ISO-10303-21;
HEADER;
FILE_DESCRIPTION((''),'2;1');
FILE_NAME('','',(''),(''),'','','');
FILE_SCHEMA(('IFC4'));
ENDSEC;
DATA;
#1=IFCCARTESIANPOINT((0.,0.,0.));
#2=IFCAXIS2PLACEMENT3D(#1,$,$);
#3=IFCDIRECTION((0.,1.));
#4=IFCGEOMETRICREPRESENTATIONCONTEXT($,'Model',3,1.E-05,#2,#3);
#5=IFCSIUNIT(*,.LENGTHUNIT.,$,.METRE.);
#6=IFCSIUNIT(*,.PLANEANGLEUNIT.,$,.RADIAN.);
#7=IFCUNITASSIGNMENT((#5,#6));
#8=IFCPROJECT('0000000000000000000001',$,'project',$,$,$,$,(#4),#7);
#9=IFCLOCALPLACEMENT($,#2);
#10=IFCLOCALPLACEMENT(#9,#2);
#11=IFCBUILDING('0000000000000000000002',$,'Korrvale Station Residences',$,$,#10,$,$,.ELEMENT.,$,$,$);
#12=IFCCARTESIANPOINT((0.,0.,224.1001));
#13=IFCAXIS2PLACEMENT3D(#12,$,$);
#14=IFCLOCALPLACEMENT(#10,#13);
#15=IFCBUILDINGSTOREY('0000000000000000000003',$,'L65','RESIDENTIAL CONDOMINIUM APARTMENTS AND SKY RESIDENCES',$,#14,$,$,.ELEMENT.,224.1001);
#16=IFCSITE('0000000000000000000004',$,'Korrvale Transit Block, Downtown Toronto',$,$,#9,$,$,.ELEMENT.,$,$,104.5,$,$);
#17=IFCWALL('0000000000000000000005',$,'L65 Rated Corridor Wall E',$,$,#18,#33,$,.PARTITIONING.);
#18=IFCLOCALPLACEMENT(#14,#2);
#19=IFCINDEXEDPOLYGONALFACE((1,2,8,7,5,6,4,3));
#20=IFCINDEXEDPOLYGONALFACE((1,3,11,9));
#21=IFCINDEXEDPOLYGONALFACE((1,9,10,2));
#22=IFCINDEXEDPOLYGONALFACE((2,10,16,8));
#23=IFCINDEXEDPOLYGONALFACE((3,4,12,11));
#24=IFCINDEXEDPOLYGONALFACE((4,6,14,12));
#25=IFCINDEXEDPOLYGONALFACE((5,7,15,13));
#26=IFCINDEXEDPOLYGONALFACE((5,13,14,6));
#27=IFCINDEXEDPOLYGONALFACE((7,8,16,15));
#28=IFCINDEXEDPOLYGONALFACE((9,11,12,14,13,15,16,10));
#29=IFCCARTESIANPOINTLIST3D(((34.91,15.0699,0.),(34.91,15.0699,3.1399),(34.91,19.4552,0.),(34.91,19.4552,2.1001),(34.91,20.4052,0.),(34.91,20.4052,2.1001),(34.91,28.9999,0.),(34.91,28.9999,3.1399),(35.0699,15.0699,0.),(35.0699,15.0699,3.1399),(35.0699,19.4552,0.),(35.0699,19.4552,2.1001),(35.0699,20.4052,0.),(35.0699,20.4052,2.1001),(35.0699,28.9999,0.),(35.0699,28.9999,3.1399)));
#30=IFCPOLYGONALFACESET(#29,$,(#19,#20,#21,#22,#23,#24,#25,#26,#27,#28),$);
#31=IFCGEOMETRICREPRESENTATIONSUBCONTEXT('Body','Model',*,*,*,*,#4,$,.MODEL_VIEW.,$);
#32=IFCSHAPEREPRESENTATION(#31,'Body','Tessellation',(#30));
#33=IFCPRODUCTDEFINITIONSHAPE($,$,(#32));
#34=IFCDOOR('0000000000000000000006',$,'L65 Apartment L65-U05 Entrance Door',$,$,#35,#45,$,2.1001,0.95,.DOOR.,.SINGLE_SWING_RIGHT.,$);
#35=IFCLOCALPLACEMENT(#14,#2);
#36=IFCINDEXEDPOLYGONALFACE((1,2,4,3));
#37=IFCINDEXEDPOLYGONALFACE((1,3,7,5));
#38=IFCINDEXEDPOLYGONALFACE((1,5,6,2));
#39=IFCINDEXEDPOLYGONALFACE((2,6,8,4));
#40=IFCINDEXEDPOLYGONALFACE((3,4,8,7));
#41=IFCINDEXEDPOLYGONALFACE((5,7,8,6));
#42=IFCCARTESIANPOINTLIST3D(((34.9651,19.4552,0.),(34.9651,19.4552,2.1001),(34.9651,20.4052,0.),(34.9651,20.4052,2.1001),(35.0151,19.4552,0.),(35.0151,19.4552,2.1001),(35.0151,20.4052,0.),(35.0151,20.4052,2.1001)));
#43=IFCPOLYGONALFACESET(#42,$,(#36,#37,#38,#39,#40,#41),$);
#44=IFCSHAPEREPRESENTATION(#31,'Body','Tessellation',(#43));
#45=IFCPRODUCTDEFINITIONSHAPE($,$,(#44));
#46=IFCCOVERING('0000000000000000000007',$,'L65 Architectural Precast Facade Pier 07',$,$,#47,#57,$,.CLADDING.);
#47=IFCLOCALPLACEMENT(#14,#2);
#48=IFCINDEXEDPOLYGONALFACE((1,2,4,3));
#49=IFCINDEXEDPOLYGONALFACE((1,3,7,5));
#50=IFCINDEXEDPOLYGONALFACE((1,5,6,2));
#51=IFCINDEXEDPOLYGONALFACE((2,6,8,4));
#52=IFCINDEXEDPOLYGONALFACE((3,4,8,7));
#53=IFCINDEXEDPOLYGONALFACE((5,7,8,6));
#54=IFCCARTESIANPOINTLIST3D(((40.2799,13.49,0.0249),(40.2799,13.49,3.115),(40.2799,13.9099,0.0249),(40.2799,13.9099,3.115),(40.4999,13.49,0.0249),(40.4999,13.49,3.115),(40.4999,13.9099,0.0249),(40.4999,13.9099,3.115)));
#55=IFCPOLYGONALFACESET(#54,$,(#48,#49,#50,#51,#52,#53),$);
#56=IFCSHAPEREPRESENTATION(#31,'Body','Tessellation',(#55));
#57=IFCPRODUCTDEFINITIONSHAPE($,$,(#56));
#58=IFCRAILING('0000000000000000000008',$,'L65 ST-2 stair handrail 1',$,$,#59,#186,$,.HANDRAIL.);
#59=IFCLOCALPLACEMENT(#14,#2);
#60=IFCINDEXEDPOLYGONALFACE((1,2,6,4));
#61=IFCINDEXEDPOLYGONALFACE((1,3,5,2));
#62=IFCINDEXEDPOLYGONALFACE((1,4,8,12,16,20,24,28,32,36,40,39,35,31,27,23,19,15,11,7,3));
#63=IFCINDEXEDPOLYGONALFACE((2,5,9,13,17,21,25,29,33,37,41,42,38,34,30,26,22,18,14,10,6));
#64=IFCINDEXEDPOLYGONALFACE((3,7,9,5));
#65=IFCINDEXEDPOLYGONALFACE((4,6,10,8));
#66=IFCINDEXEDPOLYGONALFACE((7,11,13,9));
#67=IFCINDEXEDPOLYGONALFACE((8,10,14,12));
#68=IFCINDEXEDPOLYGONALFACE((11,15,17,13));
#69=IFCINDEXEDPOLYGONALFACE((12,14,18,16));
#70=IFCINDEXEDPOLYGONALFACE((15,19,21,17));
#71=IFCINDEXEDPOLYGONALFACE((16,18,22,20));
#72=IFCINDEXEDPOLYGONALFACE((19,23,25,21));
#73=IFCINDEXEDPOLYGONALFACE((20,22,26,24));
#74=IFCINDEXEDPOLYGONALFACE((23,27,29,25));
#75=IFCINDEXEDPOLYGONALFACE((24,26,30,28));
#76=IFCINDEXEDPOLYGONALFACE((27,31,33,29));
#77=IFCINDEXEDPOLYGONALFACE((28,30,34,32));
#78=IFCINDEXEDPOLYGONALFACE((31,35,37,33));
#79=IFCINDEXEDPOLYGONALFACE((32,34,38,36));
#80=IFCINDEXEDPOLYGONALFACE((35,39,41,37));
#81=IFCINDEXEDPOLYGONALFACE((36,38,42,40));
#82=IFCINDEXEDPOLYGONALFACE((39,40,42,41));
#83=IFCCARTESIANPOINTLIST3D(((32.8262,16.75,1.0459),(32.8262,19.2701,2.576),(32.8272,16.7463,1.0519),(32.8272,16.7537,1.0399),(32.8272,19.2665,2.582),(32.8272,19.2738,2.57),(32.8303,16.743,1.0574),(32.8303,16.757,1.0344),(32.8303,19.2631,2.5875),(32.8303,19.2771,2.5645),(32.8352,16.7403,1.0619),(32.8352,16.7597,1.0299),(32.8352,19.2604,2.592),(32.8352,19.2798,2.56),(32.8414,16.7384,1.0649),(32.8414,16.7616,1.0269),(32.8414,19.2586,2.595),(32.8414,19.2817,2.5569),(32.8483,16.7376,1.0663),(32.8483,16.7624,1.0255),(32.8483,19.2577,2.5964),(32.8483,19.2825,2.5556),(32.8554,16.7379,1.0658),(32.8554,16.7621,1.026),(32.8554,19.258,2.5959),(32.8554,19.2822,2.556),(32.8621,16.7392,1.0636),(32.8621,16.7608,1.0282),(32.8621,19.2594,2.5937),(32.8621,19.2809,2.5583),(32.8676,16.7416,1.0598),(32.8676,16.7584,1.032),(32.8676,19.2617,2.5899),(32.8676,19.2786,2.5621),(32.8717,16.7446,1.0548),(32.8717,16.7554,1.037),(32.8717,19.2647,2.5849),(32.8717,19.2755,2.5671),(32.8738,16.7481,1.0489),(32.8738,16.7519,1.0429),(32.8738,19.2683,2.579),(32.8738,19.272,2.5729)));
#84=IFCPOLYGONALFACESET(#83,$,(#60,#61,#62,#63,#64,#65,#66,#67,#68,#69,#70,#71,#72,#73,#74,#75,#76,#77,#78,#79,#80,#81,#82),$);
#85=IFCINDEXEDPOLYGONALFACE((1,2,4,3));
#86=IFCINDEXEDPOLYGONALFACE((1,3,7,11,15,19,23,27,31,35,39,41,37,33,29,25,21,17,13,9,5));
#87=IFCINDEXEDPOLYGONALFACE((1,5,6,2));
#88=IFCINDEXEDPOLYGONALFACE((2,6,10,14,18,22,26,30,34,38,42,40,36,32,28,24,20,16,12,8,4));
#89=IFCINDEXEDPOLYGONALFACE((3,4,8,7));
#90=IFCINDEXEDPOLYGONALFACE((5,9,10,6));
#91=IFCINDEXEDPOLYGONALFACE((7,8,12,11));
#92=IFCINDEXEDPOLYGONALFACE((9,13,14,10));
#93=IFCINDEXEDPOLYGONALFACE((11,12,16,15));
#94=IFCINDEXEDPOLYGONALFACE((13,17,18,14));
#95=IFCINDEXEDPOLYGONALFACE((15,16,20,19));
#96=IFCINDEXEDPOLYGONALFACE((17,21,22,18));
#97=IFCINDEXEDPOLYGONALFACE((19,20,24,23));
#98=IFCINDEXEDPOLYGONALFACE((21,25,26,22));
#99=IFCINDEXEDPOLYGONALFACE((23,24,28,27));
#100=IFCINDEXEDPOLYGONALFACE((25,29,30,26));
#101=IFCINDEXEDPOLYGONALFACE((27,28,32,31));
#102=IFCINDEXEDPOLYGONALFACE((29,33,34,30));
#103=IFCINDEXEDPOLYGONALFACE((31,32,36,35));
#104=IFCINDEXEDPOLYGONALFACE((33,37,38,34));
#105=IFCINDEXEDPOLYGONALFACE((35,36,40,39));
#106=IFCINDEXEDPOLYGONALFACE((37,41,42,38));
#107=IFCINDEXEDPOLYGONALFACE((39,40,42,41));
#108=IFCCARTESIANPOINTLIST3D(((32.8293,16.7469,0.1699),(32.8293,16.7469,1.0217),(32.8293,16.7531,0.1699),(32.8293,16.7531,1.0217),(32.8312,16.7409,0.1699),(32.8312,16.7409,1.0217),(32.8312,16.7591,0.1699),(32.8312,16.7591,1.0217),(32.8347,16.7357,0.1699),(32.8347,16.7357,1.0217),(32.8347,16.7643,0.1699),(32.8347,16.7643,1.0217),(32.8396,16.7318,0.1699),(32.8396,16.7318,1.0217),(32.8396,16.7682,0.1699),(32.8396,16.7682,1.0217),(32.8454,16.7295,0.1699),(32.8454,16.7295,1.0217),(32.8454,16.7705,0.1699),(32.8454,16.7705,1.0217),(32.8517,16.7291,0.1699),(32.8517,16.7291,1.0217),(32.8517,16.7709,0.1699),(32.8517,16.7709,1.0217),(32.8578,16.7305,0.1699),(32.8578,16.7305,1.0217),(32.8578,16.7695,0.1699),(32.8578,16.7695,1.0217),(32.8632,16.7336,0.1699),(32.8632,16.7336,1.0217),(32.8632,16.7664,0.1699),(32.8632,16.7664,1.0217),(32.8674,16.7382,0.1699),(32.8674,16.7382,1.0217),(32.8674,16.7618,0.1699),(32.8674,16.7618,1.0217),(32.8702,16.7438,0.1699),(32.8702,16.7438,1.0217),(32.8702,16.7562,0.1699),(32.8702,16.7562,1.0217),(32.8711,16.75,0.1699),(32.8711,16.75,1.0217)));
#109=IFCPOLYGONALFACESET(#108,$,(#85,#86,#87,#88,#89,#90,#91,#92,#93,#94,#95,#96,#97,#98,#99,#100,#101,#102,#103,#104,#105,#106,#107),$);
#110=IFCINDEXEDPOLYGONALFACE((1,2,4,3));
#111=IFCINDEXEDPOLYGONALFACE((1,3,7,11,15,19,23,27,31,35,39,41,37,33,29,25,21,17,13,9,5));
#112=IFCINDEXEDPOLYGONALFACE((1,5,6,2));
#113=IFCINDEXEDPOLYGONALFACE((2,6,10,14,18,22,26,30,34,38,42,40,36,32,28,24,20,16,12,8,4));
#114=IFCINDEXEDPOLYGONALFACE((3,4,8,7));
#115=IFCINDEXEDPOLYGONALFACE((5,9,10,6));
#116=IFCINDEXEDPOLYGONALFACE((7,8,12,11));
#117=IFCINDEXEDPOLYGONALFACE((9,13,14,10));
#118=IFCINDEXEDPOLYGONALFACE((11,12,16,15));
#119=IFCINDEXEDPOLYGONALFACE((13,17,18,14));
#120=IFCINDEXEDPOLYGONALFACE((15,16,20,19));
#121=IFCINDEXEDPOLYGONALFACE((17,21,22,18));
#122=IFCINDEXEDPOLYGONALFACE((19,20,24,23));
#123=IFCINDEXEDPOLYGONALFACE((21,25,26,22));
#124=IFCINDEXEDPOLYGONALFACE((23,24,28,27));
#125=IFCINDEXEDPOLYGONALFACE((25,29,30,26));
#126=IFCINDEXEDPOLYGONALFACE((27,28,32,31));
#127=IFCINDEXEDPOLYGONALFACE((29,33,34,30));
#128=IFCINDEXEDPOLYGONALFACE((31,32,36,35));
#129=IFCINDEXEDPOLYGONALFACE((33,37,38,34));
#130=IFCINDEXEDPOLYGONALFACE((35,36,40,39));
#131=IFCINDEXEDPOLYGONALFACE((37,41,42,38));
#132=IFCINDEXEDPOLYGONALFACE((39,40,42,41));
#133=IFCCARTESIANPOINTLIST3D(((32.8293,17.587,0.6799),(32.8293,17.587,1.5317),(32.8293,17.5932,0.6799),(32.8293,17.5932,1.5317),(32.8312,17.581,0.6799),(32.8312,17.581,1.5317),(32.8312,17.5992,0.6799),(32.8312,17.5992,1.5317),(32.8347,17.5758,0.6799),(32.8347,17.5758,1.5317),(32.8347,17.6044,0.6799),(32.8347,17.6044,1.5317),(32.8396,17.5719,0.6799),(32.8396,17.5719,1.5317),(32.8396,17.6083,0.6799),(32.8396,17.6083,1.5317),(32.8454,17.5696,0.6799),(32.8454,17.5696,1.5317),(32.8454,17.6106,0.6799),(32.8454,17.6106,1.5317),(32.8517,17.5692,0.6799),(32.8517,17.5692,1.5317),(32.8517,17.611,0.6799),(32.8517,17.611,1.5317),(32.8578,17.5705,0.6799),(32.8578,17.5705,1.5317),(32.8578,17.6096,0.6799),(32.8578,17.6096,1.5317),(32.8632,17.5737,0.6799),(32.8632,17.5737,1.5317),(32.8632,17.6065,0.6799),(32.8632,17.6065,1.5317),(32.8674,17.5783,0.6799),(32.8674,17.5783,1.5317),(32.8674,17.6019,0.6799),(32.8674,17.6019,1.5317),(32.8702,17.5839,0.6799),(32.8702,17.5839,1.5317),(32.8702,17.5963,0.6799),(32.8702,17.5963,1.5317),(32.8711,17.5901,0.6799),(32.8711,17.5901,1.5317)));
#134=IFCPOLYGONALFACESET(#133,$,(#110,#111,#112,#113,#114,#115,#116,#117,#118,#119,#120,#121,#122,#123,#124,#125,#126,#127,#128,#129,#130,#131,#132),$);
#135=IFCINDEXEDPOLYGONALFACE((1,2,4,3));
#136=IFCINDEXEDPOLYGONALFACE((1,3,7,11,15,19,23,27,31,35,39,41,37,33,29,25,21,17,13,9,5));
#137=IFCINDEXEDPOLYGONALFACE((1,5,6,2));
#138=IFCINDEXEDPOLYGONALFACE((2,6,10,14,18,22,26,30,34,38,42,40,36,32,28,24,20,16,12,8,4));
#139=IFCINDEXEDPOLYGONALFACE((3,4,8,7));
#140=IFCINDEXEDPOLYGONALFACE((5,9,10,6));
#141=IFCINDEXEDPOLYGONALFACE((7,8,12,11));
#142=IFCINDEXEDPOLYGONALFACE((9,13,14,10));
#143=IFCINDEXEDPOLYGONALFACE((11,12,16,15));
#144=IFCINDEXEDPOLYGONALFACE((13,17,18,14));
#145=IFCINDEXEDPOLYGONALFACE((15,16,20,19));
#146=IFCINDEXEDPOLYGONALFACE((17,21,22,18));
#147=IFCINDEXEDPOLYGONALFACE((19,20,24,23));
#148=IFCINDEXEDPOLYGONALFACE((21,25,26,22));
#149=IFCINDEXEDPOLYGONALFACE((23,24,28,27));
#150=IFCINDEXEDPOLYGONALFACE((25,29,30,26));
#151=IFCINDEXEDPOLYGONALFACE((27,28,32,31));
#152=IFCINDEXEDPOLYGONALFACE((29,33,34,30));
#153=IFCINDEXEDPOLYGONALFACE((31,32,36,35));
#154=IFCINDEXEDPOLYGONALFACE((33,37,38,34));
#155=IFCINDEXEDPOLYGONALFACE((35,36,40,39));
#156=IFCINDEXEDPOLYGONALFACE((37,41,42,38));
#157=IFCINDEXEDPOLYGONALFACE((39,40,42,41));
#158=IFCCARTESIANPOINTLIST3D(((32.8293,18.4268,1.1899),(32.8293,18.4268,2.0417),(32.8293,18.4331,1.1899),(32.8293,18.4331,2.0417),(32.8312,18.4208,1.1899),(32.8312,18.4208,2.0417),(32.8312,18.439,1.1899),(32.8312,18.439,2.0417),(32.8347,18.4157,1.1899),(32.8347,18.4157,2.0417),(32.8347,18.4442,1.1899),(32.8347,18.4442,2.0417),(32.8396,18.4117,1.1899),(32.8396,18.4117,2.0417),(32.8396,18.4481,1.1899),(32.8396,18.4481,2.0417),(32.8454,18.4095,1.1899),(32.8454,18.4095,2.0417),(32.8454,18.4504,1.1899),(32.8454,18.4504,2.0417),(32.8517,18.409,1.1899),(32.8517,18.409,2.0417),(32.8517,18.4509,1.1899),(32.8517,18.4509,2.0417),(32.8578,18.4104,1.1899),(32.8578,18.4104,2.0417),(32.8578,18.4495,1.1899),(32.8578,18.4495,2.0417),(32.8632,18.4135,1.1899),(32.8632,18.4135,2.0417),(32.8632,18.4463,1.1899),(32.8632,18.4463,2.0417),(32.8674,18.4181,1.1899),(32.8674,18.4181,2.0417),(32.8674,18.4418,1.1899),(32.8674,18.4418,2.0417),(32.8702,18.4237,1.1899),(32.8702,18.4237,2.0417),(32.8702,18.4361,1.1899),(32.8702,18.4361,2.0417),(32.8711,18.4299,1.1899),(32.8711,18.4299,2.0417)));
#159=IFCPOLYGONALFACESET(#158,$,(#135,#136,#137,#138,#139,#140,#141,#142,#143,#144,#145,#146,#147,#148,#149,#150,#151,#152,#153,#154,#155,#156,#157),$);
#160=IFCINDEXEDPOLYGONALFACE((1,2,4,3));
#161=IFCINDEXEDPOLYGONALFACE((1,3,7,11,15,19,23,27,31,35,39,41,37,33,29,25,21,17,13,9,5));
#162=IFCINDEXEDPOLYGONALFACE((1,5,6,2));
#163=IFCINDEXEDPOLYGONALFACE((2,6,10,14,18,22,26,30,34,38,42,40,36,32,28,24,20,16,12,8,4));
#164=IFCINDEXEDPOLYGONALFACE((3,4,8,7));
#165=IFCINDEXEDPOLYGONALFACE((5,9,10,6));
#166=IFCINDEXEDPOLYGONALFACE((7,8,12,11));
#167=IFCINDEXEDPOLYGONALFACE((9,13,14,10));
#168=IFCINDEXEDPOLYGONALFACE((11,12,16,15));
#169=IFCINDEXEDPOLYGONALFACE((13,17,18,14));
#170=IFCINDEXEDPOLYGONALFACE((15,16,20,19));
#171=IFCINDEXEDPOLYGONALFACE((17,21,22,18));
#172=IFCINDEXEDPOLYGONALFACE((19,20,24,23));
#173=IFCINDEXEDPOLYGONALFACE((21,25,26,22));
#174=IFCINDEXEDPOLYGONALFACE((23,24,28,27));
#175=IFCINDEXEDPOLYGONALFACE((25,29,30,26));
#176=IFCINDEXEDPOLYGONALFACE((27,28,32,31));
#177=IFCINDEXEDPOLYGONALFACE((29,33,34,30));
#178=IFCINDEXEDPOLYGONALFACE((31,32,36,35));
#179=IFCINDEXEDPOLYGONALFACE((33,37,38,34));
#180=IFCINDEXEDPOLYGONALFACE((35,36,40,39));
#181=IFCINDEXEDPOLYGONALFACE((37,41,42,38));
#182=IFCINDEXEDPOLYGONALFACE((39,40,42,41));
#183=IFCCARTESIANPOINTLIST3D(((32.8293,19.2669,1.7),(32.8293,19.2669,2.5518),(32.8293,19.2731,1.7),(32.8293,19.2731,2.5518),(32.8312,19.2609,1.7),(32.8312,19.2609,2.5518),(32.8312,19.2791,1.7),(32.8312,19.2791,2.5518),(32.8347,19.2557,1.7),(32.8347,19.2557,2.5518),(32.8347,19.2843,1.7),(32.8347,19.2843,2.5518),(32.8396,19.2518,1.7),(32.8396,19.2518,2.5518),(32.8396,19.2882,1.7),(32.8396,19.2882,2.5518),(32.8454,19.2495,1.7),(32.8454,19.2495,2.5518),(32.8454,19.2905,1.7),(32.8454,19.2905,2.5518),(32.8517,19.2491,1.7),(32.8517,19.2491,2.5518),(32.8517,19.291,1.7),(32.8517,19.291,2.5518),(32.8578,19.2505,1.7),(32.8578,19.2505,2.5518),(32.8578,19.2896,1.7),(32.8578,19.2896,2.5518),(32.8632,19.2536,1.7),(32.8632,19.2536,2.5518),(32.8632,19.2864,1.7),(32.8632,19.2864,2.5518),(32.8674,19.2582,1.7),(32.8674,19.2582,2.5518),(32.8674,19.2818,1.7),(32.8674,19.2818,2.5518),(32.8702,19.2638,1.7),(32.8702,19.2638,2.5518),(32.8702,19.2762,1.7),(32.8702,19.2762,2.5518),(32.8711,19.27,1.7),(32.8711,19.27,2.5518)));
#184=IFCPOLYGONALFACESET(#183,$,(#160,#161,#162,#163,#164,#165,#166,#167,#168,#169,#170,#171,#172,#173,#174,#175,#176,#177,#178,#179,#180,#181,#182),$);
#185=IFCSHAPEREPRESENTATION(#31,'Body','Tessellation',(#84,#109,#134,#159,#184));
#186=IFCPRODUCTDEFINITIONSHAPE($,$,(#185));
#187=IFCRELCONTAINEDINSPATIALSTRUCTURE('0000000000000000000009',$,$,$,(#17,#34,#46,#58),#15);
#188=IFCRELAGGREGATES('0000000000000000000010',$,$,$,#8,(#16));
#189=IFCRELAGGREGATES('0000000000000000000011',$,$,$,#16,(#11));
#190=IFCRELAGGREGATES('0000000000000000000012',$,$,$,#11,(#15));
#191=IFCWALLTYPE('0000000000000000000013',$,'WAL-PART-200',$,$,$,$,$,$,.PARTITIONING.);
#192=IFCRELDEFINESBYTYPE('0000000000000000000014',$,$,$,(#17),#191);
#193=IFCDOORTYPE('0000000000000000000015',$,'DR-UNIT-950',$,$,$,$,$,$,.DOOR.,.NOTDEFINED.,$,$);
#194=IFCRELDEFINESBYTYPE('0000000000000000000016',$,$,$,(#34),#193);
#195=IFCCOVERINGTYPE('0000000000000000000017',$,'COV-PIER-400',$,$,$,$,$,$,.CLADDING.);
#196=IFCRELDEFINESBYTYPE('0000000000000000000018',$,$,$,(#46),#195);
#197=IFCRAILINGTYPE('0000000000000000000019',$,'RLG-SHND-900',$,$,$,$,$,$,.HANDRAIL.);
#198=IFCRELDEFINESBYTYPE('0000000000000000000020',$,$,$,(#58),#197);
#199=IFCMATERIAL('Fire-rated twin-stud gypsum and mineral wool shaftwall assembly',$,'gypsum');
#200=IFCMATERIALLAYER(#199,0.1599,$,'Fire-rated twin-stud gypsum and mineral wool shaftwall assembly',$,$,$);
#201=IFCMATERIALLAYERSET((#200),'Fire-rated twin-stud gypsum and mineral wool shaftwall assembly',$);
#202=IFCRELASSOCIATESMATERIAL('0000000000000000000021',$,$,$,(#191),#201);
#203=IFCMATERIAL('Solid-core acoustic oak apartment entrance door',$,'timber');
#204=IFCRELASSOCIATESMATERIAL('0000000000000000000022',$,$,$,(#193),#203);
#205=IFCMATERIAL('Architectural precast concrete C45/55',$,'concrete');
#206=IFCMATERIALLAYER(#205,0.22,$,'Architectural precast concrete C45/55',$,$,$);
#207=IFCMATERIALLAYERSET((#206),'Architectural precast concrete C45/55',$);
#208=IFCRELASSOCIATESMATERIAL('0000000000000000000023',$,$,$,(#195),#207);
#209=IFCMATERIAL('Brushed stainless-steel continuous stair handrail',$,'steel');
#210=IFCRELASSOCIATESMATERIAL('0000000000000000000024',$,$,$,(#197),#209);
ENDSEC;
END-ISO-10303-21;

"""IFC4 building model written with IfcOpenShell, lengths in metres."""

from ifc_helpers import new_model, si_unit, direction, frame, frame_2d, origin, origin_2d, place, context, subcontext, project, spatial, rectangle, circle, extrude, material, layer, layer_set, type_object, element, fill, save


model = new_model("IFC4")

# Units and contexts
model_context = context("Model", 3, precision=1e-05, world=origin(), true_north=direction((0.0, 1.0)))
body_context = subcontext(model_context, "Body", "Model", "MODEL_VIEW")
ifc_project = project(units=[si_unit("LENGTHUNIT", "METRE"), si_unit("PLANEANGLEUNIT", "RADIAN")], contexts=[model_context])

# Site, building, storey
site_placement = place(None, origin())
site = spatial("IfcSite", under=ifc_project, at=site_placement, Name="Korrvale Transit Block, Downtown Toronto", CompositionType="ELEMENT", RefElevation=104.5)
building_placement = place(site_placement, origin())
building = spatial("IfcBuilding", under=site, at=building_placement, Name="Korrvale Station Residences", CompositionType="ELEMENT")
storey_placement = place(building_placement, frame((0.0, 0.0, 224.1001)))
storey = spatial("IfcBuildingStorey", under=building, at=storey_placement, Name="L65", Description="RESIDENTIAL CONDOMINIUM APARTMENTS AND SKY RESIDENCES", CompositionType="ELEMENT", Elevation=224.1001)

# Shared definitions
ifc_material_1 = material(Name="Fire-rated twin-stud gypsum and mineral wool shaftwall assembly", Category="gypsum")
ifc_layer_1 = layer(ifc_material_1, 0.1599, Name="Fire-rated twin-stud gypsum and mineral wool shaftwall assembly")
ifc_layer_set_1 = layer_set([ifc_layer_1], Name="Fire-rated twin-stud gypsum and mineral wool shaftwall assembly")
wall_type_1 = type_object("IfcWallType", Name="WAL-PART-200", PredefinedType="PARTITIONING", material=ifc_layer_set_1)

# Wall, opening, door
wall_1_placement = place(storey_placement, frame((34.99, 15.0701, 0.0), z_axis=(0.0, 0.0, 1.0), x_axis=(0.0, 1.0, 0.0)))
wall_1 = element("IfcWall", 1, at=wall_1_placement, inside=storey, type_object=wall_type_1, Name="L65 Rated Corridor Wall E", PredefinedType="PARTITIONING", context=body_context, shape_type="SweptSolid", body=[
    extrude(rectangle(XDim=13.9299, YDim=0.1599, at=frame_2d((6.9648, 0.0))), origin(), (0.0, 0.0, 1.0), 3.1399),
])
opening_1_placement = place(wall_1_placement, frame((4.385, 0.0, 0.0)))
opening_1 = element("IfcOpeningElement", 2, at=opening_1_placement, cuts=wall_1, PredefinedType="OPENING", context=body_context, shape_type="SweptSolid", body=[
    extrude(rectangle(XDim=0.95, YDim=2.1001, at=frame_2d((0.4751, 1.05))), frame((0.0, 0.0898, 0.0), z_axis=(0.0, -1.0, 0.0), x_axis=(1.0, 0.0, 0.0)), (0.0, 0.0, 1.0), 0.1799),
])
ifc_material_2 = material(Name="Solid-core acoustic oak apartment entrance door", Category="timber")
door_type_1 = type_object("IfcDoorType", Name="DR-UNIT-950", OperationType="NOTDEFINED", PredefinedType="DOOR", material=ifc_material_2)
door_1_placement = place(opening_1_placement, origin())
door_1 = element("IfcDoor", 3, at=door_1_placement, inside=storey, type_object=door_type_1, Name="L65 Apartment L65-U05 Entrance Door", OperationType="SINGLE_SWING_RIGHT", OverallHeight=2.1001, OverallWidth=0.95, PredefinedType="DOOR", context=body_context, shape_type="SweptSolid", body=[
    extrude(rectangle(XDim=0.95, YDim=2.1001, at=frame_2d((0.4751, 1.05))), frame((0.0, 0.0249, 0.0), z_axis=(0.0, -1.0, 0.0), x_axis=(1.0, 0.0, 0.0)), (0.0, 0.0, 1.0), 0.05),
])
fill(opening_1, door_1)

# Covering
ifc_material_3 = material(Name="Architectural precast concrete C45/55", Category="concrete")
ifc_layer_2 = layer(ifc_material_3, 0.22, Name="Architectural precast concrete C45/55")
ifc_layer_set_2 = layer_set([ifc_layer_2], Name="Architectural precast concrete C45/55")
covering_type = type_object("IfcCoveringType", Name="COV-PIER-400", PredefinedType="CLADDING", material=ifc_layer_set_2)
covering_placement = place(storey_placement, frame((40.3899, 13.7, 0.0249), z_axis=(0.0, 0.0, 1.0), x_axis=(0.0, 1.0, 0.0)))
element("IfcCovering", 4, at=covering_placement, inside=storey, type_object=covering_type, Name="L65 Architectural Precast Facade Pier 07", PredefinedType="CLADDING", context=body_context, shape_type="SweptSolid", body=[
    extrude(rectangle(XDim=0.4199, YDim=0.22, at=origin_2d()), origin(), (0.0, 0.0, 1.0), 3.0901),
])

# Railing
ifc_material_4 = material(Name="Brushed stainless-steel continuous stair handrail", Category="steel")
railing_type = type_object("IfcRailingType", Name="RLG-SHND-900", PredefinedType="HANDRAIL", material=ifc_material_4)
railing_placement = place(storey_placement, frame((32.8501, 16.75, 0.1699)))
element("IfcRailing", 5, at=railing_placement, inside=storey, type_object=railing_type, Name="L65 ST-2 stair handrail 1", PredefinedType="HANDRAIL", context=body_context, shape_type="SweptSolid", body=[
    extrude(circle(Radius=0.0239, at=origin_2d()), frame((0.0, 0.0, 0.876), z_axis=(0.0, 0.854785, 0.518982), x_axis=(-1.0, 0.0, 0.0)), (0.0, 0.0, 1.0), 2.9482),
    extrude(circle(Radius=0.021, at=origin_2d()), origin(), (0.0, 0.0, 1.0), 0.8518),
    extrude(circle(Radius=0.021, at=origin_2d()), frame((0.0, 0.8401, 0.51)), (0.0, 0.0, 1.0), 0.8518),
    extrude(circle(Radius=0.021, at=origin_2d()), frame((0.0, 1.6799, 1.02)), (0.0, 0.0, 1.0), 0.8518),
    extrude(circle(Radius=0.021, at=origin_2d()), frame((0.0, 2.52, 1.53)), (0.0, 0.0, 1.0), 0.8518),
])

save(model, "model.ifc")
